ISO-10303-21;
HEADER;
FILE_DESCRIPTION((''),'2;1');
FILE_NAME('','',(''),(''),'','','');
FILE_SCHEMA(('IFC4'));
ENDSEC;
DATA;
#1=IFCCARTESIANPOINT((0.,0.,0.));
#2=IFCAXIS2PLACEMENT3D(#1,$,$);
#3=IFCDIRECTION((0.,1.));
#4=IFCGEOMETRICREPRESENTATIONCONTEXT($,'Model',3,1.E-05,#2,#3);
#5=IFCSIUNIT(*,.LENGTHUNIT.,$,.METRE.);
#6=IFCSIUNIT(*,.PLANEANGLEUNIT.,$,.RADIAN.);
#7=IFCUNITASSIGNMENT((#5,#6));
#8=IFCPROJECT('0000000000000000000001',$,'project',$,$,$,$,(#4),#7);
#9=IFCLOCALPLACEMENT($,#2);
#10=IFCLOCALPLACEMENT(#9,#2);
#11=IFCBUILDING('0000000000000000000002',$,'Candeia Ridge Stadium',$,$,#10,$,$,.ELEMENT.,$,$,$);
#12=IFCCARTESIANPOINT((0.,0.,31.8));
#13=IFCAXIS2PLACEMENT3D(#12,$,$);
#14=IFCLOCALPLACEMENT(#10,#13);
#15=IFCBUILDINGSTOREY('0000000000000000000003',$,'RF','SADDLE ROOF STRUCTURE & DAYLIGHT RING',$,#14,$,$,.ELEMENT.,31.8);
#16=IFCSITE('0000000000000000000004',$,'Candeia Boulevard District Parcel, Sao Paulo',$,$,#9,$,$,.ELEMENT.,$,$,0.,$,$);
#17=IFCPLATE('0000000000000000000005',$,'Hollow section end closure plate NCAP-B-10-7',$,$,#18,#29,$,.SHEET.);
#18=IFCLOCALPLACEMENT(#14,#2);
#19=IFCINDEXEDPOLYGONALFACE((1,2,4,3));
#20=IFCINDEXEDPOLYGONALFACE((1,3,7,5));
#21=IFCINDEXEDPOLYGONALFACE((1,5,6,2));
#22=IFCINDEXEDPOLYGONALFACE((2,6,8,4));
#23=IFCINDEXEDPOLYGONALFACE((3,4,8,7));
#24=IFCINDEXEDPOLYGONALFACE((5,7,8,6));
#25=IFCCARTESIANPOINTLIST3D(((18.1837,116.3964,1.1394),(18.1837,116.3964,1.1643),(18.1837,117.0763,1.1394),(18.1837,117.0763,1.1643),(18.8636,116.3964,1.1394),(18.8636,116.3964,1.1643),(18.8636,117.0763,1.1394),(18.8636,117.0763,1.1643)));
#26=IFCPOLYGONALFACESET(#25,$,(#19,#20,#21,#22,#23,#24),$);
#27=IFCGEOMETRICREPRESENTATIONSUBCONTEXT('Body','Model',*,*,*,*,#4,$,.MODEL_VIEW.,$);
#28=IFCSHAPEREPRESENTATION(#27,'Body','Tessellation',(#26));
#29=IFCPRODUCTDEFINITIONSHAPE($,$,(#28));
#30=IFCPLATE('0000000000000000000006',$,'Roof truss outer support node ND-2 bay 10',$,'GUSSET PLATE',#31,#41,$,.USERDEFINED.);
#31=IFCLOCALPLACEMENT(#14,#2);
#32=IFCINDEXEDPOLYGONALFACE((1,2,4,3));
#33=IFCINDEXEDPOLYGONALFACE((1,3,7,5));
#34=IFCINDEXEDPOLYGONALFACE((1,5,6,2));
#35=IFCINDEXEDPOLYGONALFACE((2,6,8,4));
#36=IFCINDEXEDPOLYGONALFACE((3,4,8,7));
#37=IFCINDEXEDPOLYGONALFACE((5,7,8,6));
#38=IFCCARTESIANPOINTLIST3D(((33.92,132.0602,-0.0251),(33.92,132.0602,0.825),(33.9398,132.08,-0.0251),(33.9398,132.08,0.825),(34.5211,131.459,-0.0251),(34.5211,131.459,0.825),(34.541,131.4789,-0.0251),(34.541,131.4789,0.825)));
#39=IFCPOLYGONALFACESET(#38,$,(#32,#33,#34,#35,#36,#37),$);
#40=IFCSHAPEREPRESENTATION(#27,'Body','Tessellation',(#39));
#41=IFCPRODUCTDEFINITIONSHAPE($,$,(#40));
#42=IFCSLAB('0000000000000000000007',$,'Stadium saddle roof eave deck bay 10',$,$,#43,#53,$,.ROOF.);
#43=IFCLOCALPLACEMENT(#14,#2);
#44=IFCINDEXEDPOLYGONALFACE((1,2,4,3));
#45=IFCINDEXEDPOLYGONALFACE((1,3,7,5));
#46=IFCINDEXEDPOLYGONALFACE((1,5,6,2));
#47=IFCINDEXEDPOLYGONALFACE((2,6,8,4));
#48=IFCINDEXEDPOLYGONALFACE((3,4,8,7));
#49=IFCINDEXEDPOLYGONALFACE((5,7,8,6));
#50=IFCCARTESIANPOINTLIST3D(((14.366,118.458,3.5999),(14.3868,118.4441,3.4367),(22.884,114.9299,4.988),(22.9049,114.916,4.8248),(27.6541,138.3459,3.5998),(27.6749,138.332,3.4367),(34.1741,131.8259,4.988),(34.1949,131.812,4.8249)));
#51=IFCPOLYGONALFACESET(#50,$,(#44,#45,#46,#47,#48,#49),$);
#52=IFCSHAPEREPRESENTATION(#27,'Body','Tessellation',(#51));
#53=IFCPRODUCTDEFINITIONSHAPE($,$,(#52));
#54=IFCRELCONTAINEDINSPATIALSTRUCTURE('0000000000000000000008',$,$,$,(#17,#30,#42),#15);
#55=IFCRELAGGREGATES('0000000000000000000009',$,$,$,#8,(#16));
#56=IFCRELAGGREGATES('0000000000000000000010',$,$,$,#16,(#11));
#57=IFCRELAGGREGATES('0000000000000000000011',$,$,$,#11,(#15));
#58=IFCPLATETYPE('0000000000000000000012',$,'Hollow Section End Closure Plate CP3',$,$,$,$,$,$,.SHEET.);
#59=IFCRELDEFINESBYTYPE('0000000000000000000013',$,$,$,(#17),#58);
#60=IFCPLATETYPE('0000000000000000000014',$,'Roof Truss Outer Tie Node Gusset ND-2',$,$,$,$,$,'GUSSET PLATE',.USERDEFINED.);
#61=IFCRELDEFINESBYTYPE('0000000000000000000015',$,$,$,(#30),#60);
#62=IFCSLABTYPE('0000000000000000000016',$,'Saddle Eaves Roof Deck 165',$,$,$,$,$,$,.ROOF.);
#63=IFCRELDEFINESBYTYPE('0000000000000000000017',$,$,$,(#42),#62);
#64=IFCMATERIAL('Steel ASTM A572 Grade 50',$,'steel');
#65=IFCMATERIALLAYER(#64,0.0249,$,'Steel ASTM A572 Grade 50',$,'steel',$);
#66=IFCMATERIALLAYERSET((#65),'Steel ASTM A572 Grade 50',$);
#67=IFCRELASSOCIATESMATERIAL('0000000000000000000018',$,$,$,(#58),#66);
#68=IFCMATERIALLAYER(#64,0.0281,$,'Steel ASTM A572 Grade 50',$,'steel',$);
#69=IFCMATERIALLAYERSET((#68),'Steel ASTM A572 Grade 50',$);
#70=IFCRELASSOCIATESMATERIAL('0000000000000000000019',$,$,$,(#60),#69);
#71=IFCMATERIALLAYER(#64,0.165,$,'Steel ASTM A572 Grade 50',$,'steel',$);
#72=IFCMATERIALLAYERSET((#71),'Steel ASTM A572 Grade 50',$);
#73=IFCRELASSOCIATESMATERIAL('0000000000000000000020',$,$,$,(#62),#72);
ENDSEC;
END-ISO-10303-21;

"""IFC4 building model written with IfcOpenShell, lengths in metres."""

from ifc_helpers import new_model, si_unit, direction, frame, origin, origin_2d, place, context, subcontext, project, spatial, polyline, rectangle, outline, extrude, material, layer, layer_set, type_object, element, save


model = new_model("IFC4")

# Units and contexts
model_context = context("Model", 3, precision=1e-05, world=origin(), true_north=direction((0.0, 1.0)))
body_context = subcontext(model_context, "Body", "Model", "MODEL_VIEW")
ifc_project = project(units=[si_unit("LENGTHUNIT", "METRE"), si_unit("PLANEANGLEUNIT", "RADIAN")], contexts=[model_context])

# Site, building, storey
site_placement = place(None, origin())
site = spatial("IfcSite", under=ifc_project, at=site_placement, Name="Candeia Boulevard District Parcel, Sao Paulo", CompositionType="ELEMENT", RefElevation=0.0)
building_placement = place(site_placement, origin())
building = spatial("IfcBuilding", under=site, at=building_placement, Name="Candeia Ridge Stadium", CompositionType="ELEMENT")
storey_placement = place(building_placement, frame((0.0, 0.0, 31.8)))
storey = spatial("IfcBuildingStorey", under=building, at=storey_placement, Name="RF", Description="SADDLE ROOF STRUCTURE & DAYLIGHT RING", CompositionType="ELEMENT", Elevation=31.8)

# Shared definitions
ifc_material_1 = material(Name="Steel ASTM A572 Grade 50", Category="steel")

# Plates
ifc_layer_1 = layer(ifc_material_1, 0.0249, Name="Steel ASTM A572 Grade 50", Category="steel")
ifc_layer_set_1 = layer_set([ifc_layer_1], Name="Steel ASTM A572 Grade 50")
plate_type_1 = type_object("IfcPlateType", Name="Hollow Section End Closure Plate CP3", PredefinedType="SHEET", material=ifc_layer_set_1)
for number, where, z_axis, x_axis, name in (
    (1, (18.5237, 116.7363, 1.1394), (0.0, 0.0, 1.0), (1.0, 0.0, 0.0), "Hollow section end closure plate NCAP-B-10-7"),
):
    element("IfcPlate", number, at=place(storey_placement, frame(where, z_axis=z_axis, x_axis=x_axis)), inside=storey, type_object=plate_type_1, Name=name, PredefinedType="SHEET", context=body_context, shape_type="SweptSolid", body=[
        extrude(rectangle(XDim=0.6799, YDim=0.6799, at=origin_2d()), origin(), (0.0, 0.0, 1.0), 0.0249),
    ])
ifc_layer_2 = layer(ifc_material_1, 0.0281, Name="Steel ASTM A572 Grade 50", Category="steel")
ifc_layer_set_2 = layer_set([ifc_layer_2], Name="Steel ASTM A572 Grade 50")
plate_type_2 = type_object("IfcPlateType", Name="Roof Truss Outer Tie Node Gusset ND-2", ElementType="GUSSET PLATE", PredefinedType="USERDEFINED", material=ifc_layer_set_2)
plate_1_placement = place(storey_placement, frame((34.2305, 131.7695, -0.0251), z_axis=(0.0, 0.0, 1.0), x_axis=(-0.707107, 0.707107, 0.0)))
element("IfcPlate", 2, at=plate_1_placement, inside=storey, type_object=plate_type_2, Name="Roof truss outer support node ND-2 bay 10", ObjectType="GUSSET PLATE", PredefinedType="USERDEFINED", context=body_context, shape_type="SweptSolid", body=[
    extrude(rectangle(XDim=0.8501, YDim=0.0281, at=origin_2d()), origin(), (0.0, 0.0, 1.0), 0.8501),
])

# Slab
ifc_layer_3 = layer(ifc_material_1, 0.165, Name="Steel ASTM A572 Grade 50", Category="steel")
ifc_layer_set_3 = layer_set([ifc_layer_3], Name="Steel ASTM A572 Grade 50")
slab_type = type_object("IfcSlabType", Name="Saddle Eaves Roof Deck 165", PredefinedType="ROOF", material=ifc_layer_set_3)
slab_placement = place(storey_placement, frame((34.1741, 131.8259, 4.988), z_axis=(-0.12616, 0.084297, 0.988422), x_axis=(-0.555587, -0.831459, -0.000003)))
element("IfcSlab", 3, at=slab_placement, inside=storey, type_object=slab_type, Name="Stadium saddle roof eave deck bay 10", PredefinedType="ROOF", context=body_context, shape_type="SweptSolid", body=[
    extrude(outline(polyline([(0.0, 0.0), (20.3209, 0.0), (22.12, -9.1485), (-1.7987, -9.1495), (0.0, 0.0)])), origin(), (0.0, 0.0, -1.0), 0.165),
])

save(model, "model.ifc")
